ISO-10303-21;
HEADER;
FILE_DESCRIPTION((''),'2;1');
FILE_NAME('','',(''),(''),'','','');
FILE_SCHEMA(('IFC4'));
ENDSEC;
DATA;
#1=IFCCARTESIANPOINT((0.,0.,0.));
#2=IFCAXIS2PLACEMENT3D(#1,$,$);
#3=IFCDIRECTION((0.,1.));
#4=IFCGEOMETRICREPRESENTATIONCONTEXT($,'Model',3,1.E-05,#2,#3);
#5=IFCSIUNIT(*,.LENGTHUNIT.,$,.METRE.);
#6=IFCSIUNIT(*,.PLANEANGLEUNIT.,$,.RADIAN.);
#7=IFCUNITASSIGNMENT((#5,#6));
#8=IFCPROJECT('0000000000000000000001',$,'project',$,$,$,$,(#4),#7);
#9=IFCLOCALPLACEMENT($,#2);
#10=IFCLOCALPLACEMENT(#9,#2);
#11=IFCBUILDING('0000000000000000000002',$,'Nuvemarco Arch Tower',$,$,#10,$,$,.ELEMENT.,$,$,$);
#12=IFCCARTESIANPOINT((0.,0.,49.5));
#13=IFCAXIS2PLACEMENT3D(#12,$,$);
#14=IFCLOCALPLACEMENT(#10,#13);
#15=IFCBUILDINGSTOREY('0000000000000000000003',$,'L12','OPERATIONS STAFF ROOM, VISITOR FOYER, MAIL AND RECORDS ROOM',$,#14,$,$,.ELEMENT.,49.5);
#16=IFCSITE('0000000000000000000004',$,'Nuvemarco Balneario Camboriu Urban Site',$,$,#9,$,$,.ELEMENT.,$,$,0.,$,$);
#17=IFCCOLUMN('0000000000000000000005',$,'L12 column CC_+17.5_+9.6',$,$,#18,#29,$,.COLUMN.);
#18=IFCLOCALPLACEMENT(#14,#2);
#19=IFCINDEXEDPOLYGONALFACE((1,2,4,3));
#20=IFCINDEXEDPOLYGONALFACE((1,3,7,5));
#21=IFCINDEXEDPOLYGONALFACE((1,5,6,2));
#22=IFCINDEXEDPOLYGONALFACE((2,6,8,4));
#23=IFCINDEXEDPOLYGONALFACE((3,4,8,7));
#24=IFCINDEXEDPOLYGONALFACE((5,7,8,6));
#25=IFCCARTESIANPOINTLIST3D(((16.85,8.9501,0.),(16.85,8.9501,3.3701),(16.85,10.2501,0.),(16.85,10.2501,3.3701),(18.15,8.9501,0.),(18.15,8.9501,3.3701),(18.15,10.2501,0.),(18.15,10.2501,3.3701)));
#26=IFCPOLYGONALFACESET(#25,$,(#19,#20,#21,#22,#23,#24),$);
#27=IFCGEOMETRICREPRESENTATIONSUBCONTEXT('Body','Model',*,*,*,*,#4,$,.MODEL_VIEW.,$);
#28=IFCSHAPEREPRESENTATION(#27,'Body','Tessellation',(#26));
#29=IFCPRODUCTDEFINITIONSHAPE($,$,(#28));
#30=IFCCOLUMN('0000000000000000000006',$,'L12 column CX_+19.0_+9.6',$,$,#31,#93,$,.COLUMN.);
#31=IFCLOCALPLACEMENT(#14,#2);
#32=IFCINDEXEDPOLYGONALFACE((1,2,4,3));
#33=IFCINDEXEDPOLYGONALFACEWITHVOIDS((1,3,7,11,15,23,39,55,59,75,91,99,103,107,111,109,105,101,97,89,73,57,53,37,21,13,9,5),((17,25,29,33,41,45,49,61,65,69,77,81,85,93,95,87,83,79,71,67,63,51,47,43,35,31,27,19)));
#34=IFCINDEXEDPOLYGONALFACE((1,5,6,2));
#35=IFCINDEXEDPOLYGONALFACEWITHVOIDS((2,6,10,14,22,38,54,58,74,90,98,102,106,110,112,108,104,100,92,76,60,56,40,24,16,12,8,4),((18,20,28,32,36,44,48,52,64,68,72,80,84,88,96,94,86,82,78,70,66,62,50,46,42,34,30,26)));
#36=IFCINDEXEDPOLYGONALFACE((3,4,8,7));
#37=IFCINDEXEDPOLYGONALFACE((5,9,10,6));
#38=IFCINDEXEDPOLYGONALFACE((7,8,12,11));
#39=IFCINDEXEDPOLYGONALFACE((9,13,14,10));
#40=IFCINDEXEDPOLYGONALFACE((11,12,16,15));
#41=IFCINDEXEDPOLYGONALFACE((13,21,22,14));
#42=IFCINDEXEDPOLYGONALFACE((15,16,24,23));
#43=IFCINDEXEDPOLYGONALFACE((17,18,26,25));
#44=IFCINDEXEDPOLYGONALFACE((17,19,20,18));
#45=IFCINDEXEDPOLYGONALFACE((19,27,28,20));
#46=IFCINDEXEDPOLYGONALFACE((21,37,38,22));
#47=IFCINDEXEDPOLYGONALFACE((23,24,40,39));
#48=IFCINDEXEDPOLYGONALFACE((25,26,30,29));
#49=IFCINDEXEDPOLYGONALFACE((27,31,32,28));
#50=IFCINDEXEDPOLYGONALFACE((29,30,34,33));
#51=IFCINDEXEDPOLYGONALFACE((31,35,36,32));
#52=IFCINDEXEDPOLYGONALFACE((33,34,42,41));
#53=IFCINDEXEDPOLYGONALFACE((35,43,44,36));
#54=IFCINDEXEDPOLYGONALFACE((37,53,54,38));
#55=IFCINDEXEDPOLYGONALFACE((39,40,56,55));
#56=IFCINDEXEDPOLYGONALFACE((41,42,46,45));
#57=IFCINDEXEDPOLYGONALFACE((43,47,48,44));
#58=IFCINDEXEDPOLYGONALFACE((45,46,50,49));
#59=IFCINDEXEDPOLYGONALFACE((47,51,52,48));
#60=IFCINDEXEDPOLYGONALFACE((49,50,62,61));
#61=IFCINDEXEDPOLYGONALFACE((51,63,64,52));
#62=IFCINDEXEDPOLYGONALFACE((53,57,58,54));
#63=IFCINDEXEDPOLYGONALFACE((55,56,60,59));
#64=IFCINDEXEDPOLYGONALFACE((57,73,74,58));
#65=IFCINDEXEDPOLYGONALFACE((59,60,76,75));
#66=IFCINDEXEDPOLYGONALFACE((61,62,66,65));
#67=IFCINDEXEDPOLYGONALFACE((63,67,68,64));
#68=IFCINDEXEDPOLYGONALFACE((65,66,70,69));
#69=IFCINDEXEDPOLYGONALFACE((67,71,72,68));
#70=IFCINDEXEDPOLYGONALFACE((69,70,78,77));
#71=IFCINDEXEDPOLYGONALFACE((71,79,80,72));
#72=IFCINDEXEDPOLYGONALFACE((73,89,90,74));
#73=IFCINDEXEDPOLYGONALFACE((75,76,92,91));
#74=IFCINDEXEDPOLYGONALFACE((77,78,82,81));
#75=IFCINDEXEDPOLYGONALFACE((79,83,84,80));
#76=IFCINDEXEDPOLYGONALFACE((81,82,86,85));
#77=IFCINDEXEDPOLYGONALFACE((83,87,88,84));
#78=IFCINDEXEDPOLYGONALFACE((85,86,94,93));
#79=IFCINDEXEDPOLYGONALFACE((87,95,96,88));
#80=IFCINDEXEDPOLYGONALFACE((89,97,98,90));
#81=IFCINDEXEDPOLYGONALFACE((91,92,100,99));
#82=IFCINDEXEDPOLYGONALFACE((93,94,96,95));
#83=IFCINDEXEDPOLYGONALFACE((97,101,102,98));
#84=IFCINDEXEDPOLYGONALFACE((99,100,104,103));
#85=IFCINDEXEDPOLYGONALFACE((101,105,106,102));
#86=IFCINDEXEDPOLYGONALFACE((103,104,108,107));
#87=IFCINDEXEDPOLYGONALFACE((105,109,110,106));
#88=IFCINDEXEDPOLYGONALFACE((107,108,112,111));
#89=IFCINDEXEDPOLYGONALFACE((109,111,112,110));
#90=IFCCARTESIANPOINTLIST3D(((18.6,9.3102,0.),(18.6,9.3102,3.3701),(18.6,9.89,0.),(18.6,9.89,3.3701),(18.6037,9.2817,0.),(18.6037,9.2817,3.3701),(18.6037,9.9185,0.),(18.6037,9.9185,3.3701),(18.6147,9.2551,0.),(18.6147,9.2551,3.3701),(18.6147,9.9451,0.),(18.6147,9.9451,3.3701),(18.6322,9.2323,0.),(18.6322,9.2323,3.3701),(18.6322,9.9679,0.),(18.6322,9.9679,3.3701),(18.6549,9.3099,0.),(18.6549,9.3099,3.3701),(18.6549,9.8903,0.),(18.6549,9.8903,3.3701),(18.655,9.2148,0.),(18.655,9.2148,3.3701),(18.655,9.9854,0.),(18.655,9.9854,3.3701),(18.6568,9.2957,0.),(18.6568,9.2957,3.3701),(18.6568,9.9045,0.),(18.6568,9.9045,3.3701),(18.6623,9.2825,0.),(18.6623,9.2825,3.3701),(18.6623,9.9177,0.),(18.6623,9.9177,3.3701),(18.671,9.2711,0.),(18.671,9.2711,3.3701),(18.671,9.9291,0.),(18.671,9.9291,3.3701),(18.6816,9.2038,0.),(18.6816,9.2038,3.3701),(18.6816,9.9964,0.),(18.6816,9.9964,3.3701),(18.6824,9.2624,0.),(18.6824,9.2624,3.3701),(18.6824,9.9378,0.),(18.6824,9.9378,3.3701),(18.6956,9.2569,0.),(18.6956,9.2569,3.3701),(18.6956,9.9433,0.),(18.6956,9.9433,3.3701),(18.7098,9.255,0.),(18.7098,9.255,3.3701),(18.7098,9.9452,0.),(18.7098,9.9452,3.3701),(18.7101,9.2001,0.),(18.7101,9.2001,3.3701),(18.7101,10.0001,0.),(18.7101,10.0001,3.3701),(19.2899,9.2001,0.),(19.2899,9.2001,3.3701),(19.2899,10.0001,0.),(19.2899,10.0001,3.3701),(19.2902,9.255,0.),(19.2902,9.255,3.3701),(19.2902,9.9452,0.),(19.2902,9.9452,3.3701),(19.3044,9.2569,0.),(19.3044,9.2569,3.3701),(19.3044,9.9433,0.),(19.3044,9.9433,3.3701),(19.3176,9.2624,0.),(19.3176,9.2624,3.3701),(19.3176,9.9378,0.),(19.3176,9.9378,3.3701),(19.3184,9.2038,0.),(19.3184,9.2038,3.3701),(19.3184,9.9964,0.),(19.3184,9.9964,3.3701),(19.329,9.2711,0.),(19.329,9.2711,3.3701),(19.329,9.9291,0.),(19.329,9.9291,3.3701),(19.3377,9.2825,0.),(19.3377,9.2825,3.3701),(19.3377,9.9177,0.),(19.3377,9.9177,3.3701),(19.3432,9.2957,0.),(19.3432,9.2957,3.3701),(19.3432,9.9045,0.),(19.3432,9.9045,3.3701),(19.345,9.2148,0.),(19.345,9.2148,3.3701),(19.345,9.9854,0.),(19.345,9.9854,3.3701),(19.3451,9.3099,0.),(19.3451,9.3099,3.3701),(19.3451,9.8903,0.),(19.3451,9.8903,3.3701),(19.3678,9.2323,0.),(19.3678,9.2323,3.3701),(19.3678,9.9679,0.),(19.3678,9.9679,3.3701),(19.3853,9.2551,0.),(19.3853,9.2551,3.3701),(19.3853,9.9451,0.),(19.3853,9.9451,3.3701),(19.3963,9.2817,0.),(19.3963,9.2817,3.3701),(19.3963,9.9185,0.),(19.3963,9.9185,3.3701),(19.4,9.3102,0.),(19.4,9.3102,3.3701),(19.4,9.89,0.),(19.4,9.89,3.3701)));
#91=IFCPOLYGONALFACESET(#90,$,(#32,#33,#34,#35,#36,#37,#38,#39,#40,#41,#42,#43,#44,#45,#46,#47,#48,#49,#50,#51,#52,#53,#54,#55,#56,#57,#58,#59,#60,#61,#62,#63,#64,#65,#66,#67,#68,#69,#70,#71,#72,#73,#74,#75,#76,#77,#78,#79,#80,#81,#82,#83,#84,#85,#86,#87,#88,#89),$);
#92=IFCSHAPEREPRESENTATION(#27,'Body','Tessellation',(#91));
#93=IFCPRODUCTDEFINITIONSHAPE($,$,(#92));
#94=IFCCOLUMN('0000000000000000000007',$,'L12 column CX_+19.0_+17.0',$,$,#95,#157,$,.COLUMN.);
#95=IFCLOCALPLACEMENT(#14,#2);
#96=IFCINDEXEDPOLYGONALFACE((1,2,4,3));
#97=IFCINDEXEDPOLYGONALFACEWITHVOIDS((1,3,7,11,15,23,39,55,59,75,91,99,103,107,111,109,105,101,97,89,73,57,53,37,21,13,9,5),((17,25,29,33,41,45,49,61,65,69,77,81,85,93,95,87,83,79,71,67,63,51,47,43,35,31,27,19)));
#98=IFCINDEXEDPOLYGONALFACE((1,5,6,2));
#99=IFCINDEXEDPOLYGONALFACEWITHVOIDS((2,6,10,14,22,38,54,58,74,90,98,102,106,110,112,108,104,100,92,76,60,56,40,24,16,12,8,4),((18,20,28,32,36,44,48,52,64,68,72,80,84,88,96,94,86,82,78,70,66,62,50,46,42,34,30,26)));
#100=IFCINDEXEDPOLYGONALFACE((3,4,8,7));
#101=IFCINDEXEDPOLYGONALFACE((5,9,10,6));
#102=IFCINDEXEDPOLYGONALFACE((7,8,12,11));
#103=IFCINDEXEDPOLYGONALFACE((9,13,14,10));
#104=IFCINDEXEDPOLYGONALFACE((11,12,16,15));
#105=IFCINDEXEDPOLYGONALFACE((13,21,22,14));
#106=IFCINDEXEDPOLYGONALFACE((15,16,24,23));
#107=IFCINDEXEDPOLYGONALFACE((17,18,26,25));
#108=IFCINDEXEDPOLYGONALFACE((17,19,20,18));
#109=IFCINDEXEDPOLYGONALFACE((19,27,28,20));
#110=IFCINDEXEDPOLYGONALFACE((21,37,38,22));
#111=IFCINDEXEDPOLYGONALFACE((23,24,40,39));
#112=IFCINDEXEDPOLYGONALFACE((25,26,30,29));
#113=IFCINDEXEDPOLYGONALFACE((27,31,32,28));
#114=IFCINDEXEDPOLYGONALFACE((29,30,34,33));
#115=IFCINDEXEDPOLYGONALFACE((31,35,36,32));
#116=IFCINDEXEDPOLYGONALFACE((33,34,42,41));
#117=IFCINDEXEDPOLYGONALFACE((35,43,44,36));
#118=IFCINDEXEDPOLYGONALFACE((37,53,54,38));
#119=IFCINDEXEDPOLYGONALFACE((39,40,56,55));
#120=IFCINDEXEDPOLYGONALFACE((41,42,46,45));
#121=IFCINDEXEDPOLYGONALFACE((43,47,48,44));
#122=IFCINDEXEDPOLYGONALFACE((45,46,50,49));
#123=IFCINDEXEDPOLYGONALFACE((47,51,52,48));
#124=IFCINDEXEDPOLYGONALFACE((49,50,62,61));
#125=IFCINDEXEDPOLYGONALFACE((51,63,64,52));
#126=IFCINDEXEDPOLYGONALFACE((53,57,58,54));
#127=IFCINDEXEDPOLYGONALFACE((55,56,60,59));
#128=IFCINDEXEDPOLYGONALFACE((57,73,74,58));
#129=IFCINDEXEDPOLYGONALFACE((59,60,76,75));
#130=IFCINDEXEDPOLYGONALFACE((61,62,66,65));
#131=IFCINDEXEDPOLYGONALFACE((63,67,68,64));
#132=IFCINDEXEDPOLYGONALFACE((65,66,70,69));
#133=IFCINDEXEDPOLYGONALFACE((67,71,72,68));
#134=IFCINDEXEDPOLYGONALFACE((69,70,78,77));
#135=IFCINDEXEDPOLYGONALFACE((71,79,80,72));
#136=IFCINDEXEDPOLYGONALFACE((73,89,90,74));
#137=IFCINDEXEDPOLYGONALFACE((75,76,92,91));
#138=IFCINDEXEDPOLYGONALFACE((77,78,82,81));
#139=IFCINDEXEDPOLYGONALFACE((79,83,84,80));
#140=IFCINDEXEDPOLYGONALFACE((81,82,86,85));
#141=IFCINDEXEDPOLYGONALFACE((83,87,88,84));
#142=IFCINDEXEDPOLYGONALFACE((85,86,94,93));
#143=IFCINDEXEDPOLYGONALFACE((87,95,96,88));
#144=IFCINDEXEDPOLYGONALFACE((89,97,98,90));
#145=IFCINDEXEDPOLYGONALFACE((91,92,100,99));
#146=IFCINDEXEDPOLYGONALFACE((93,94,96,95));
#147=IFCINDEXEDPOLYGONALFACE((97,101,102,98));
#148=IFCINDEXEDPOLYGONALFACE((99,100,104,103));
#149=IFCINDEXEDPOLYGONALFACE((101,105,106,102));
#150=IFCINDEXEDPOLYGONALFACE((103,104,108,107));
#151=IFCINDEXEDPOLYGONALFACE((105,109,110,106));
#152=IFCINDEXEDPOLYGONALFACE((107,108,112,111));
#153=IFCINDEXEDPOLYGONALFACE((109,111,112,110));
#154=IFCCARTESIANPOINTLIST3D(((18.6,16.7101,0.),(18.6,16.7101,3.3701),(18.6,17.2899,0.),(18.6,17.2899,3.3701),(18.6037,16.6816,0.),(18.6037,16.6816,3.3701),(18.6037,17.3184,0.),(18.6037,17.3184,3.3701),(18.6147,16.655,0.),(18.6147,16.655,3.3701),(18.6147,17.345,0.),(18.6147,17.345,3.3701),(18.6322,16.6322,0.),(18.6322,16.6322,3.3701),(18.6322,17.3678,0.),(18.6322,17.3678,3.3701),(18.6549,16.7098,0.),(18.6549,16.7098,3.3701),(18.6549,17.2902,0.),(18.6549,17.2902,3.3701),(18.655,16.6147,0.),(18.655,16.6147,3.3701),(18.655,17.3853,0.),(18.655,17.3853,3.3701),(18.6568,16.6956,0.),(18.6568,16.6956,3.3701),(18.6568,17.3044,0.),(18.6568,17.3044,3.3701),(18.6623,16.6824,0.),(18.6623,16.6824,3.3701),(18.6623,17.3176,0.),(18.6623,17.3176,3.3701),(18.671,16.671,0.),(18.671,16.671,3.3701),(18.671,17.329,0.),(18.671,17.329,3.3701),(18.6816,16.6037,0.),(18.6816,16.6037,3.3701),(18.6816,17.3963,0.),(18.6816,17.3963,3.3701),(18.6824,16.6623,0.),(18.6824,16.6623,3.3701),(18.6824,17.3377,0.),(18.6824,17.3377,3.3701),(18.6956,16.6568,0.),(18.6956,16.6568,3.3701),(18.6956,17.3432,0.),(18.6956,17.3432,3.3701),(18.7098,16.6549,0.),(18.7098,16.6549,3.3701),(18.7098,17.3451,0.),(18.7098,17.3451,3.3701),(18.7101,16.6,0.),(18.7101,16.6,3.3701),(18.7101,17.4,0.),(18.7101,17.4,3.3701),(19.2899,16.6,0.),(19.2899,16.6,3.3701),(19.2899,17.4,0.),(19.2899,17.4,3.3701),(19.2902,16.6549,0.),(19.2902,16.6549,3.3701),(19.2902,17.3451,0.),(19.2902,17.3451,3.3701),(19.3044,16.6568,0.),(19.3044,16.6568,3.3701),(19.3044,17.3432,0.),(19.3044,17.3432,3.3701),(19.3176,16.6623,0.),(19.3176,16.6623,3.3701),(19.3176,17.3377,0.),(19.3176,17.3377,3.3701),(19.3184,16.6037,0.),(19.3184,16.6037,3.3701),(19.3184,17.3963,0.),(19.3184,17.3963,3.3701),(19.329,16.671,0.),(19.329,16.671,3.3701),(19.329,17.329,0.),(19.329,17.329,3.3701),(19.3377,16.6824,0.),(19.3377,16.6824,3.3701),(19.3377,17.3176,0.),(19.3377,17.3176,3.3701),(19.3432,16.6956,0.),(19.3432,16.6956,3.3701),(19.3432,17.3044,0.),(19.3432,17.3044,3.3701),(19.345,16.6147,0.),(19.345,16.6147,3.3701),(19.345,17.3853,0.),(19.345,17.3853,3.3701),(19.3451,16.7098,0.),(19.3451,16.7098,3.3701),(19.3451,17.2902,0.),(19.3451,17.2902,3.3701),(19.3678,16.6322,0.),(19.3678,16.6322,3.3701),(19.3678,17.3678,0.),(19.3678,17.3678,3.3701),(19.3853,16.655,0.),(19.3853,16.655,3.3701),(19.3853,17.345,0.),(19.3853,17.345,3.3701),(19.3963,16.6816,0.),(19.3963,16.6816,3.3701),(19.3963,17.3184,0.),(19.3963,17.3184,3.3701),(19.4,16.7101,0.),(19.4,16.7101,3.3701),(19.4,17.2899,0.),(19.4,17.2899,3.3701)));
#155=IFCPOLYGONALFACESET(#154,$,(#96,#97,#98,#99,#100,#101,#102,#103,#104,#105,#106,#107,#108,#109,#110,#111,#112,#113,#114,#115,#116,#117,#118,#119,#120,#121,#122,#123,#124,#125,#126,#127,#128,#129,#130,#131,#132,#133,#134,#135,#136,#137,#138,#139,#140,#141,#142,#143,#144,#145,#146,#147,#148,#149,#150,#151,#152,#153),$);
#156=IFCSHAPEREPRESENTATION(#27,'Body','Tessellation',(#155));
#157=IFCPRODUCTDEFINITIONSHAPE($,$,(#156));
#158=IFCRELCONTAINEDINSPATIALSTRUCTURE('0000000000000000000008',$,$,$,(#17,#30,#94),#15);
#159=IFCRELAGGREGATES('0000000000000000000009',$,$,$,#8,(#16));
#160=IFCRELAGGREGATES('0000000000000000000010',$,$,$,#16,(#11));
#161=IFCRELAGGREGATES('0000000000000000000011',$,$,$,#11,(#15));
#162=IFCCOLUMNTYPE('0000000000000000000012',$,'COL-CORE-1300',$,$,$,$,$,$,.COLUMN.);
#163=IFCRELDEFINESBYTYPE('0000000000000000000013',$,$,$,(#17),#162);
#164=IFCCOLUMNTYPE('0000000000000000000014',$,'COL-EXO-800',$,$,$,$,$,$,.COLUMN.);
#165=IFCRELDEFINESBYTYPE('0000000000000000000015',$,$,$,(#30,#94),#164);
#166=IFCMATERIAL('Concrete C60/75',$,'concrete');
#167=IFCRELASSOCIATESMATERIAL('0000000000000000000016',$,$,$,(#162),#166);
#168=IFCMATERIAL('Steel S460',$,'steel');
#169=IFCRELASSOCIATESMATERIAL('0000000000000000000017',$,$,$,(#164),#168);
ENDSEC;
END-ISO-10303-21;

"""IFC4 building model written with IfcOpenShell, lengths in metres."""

from ifc_helpers import new_model, si_unit, direction, frame, origin, origin_2d, place, context, subcontext, project, spatial, rectangle, hollow_rectangle, extrude, material, material_profile, profile_set, type_object, element, save


model = new_model("IFC4")

# Units and contexts
model_context = context("Model", 3, precision=1e-05, world=origin(), true_north=direction((0.0, 1.0)))
body_context = subcontext(model_context, "Body", "Model", "MODEL_VIEW")
ifc_project = project(units=[si_unit("LENGTHUNIT", "METRE"), si_unit("PLANEANGLEUNIT", "RADIAN")], contexts=[model_context])

# Site, building, storey
site_placement = place(None, origin())
site = spatial("IfcSite", under=ifc_project, at=site_placement, Name="Nuvemarco Balneario Camboriu Urban Site", CompositionType="ELEMENT", RefElevation=0.0)
building_placement = place(site_placement, origin())
building = spatial("IfcBuilding", under=site, at=building_placement, Name="Nuvemarco Arch Tower", CompositionType="ELEMENT")
storey_placement = place(building_placement, frame((0.0, 0.0, 49.5)))
storey = spatial("IfcBuildingStorey", under=building, at=storey_placement, Name="L12", Description="OPERATIONS STAFF ROOM, VISITOR FOYER, MAIL AND RECORDS ROOM", CompositionType="ELEMENT", Elevation=49.5)

# Columns
ifc_material_1 = material(Name="Concrete C60/75", Category="concrete")
ifc_material_profile_1 = material_profile(ifc_material_1, rectangle(XDim=1.3, YDim=1.3, at=origin_2d()), Name="RC-COL-1300x1300")
ifc_profile_set_1 = profile_set([ifc_material_profile_1], Name="Concrete C60/75")
column_type_1 = type_object("IfcColumnType", Name="COL-CORE-1300", PredefinedType="COLUMN", material=ifc_profile_set_1)
column_placement = place(storey_placement, frame((17.5, 9.6001, 0.0), z_axis=(0.0, 0.0, 1.0), x_axis=(1.0, 0.0, 0.0)))
element("IfcColumn", 1, at=column_placement, inside=storey, type_object=column_type_1, Name="L12 column CC_+17.5_+9.6", PredefinedType="COLUMN", context=body_context, shape_type="SweptSolid", body=[
    extrude(rectangle(XDim=1.3, YDim=1.3, at=origin_2d()), origin(), (0.0, 0.0, 1.0), 3.3701),
])
ifc_material_2 = material(Name="Steel S460", Category="steel")
ifc_material_profile_2 = material_profile(ifc_material_2, hollow_rectangle(XDim=0.8, YDim=0.8, WallThickness=0.0549, InnerFilletRadius=0.0549, OuterFilletRadius=0.1101, at=origin_2d()), Name="SHS800x800x55")
ifc_profile_set_2 = profile_set([ifc_material_profile_2], Name="Steel S460")
column_type_2 = type_object("IfcColumnType", Name="COL-EXO-800", PredefinedType="COLUMN", material=ifc_profile_set_2)
for number, where, z_axis, x_axis, name in (
    (2, (19.0, 9.6001, 0.0), (0.0, 0.0, 1.0), (1.0, 0.0, 0.0), "L12 column CX_+19.0_+9.6"),
    (3, (19.0, 17.0, 0.0), (0.0, 0.0, 1.0), (1.0, 0.0, 0.0), "L12 column CX_+19.0_+17.0"),
):
    element("IfcColumn", number, at=place(storey_placement, frame(where, z_axis=z_axis, x_axis=x_axis)), inside=storey, type_object=column_type_2, Name=name, PredefinedType="COLUMN", context=body_context, shape_type="SweptSolid", body=[
        extrude(hollow_rectangle(XDim=0.8, YDim=0.8, WallThickness=0.0549, InnerFilletRadius=0.0549, OuterFilletRadius=0.1101, at=origin_2d()), origin(), (0.0, 0.0, 1.0), 3.3701),
    ])

save(model, "model.ifc")
